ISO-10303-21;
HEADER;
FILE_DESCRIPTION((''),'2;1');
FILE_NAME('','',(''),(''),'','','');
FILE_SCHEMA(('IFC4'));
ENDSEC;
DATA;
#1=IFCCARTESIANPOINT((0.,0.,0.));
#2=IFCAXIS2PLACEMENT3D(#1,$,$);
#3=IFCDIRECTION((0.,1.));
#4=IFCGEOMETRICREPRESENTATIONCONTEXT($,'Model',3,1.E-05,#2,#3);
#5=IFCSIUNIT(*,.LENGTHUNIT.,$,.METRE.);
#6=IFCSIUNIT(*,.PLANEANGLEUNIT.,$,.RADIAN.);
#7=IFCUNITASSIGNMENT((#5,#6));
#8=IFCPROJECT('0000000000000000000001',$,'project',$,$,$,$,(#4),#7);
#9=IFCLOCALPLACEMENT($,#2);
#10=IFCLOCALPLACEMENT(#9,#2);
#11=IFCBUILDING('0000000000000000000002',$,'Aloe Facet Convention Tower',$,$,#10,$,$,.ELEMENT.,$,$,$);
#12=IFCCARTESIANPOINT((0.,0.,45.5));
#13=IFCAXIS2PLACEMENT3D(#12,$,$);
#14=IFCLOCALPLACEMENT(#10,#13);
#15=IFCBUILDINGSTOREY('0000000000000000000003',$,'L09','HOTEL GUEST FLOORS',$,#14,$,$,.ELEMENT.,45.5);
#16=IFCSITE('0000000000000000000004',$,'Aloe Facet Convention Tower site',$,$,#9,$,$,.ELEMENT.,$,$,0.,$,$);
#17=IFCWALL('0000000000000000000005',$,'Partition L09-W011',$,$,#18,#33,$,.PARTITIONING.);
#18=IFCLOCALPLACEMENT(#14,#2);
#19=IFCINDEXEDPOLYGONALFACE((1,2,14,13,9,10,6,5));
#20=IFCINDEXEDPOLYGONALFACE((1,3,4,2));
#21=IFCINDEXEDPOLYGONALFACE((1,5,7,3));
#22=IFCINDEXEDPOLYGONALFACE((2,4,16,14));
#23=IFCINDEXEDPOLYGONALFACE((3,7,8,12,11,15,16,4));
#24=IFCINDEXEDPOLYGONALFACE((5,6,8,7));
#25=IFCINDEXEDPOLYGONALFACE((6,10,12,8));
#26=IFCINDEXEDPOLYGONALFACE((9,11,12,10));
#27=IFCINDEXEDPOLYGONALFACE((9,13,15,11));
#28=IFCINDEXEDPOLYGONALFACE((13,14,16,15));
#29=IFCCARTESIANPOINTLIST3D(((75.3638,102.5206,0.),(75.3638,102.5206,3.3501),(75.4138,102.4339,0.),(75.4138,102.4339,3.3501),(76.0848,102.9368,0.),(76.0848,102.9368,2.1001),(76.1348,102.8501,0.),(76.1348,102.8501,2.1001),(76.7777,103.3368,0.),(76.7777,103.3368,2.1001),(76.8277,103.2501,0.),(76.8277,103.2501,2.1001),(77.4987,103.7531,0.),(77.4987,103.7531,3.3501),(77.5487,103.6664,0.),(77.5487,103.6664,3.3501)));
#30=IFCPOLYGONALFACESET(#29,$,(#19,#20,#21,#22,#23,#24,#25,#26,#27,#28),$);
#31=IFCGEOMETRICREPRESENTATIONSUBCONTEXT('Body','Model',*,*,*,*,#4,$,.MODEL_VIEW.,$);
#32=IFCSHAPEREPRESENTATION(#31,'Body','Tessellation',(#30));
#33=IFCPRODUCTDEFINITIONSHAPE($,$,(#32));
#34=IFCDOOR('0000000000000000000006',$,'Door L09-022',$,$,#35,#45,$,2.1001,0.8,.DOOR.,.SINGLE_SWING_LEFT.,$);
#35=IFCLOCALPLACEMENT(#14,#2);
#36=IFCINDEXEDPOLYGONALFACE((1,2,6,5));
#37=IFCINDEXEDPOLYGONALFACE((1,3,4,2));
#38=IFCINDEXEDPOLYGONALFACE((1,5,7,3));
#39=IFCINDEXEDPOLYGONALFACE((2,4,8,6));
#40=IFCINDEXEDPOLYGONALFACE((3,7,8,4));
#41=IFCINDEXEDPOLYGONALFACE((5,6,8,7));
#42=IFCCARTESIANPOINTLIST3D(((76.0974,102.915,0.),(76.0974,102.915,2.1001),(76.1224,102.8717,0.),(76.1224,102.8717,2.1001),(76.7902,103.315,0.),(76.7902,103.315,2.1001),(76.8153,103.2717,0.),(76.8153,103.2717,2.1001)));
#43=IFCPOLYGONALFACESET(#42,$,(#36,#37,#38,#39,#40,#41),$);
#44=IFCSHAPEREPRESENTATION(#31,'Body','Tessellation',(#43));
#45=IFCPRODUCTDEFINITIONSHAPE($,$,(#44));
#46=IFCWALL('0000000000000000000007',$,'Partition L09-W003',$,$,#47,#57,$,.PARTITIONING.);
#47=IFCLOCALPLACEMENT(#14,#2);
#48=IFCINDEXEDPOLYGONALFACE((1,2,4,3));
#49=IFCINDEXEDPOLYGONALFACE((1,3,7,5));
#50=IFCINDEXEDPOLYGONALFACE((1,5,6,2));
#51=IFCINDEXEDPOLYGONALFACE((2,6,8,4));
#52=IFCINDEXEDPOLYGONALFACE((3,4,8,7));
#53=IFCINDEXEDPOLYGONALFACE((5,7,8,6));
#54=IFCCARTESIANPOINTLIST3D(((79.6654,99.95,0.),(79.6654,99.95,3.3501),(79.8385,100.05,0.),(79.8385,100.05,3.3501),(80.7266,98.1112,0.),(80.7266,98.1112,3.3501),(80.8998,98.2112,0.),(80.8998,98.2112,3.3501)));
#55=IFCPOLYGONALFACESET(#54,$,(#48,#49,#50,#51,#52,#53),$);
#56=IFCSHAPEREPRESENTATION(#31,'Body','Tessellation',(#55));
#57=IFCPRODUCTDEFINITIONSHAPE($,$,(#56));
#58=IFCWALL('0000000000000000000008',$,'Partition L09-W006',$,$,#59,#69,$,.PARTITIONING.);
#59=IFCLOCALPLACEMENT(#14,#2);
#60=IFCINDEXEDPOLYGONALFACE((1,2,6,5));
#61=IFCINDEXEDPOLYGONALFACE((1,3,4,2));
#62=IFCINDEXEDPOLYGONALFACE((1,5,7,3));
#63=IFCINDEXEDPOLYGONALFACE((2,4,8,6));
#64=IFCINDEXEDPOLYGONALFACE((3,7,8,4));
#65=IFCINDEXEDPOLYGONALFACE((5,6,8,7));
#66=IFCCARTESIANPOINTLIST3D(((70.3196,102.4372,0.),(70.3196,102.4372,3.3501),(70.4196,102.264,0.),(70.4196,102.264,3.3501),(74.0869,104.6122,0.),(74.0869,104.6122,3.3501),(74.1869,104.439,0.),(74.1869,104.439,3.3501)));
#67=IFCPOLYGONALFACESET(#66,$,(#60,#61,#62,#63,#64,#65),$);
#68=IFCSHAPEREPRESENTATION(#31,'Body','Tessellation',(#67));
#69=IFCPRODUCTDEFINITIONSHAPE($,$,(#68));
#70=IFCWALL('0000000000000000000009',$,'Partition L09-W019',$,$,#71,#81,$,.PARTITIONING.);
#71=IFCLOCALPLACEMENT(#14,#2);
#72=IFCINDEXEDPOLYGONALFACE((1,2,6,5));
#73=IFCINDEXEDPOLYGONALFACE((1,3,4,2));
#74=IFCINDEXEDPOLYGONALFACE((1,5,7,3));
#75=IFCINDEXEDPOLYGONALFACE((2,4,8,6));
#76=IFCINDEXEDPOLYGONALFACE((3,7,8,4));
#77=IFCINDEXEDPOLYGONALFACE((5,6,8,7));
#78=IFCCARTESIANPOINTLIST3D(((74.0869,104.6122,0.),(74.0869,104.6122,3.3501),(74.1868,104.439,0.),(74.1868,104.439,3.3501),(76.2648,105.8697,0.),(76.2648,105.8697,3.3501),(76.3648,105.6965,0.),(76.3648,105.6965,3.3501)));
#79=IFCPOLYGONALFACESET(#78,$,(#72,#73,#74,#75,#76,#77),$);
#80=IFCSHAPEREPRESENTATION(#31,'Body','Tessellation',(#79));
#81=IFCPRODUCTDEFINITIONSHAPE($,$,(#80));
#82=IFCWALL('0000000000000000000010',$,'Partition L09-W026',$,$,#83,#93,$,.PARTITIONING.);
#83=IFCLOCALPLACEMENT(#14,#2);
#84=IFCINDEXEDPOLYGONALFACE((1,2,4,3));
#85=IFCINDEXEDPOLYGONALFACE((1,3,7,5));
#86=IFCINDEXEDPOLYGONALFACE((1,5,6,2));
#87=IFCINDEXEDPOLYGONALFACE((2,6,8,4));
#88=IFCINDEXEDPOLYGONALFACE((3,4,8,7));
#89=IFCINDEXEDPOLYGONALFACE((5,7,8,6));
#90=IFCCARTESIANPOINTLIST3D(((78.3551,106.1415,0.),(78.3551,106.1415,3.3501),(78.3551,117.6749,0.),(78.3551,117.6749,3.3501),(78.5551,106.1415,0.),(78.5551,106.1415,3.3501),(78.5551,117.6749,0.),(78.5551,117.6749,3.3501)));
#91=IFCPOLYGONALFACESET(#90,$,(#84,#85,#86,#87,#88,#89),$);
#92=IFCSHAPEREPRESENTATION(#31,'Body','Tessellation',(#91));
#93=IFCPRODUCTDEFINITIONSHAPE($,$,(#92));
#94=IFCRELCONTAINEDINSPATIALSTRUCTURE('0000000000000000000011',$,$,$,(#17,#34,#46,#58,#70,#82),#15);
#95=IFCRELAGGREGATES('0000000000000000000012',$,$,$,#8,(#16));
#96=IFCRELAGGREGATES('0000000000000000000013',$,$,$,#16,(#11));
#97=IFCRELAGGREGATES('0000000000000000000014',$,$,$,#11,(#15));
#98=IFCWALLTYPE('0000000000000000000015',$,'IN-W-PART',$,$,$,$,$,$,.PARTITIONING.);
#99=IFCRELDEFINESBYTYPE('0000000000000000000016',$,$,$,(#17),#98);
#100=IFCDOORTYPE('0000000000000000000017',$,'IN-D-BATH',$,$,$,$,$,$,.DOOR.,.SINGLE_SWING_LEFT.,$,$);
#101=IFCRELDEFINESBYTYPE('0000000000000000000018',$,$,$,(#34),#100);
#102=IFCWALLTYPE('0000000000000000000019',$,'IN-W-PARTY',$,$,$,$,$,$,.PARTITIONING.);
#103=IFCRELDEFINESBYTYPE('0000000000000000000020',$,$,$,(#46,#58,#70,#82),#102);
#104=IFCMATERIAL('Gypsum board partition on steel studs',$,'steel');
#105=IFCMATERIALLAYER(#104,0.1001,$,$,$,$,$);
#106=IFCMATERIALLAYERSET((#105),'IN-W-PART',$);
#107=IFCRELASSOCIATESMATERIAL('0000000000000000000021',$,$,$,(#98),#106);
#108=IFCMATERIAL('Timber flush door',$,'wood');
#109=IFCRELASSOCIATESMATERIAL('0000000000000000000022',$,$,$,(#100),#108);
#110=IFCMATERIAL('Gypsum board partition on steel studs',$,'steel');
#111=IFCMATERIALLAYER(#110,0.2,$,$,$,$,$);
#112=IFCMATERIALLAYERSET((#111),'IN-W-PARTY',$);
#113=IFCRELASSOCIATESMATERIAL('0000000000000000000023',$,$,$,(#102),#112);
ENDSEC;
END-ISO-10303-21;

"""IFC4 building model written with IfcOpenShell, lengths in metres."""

from ifc_helpers import new_model, si_unit, direction, frame, frame_2d, origin, place, context, subcontext, project, spatial, rectangle, extrude, material, layer, layer_set, type_object, element, fill, save


model = new_model("IFC4")

# Units and contexts
model_context = context("Model", 3, precision=1e-05, world=origin(), true_north=direction((0.0, 1.0)))
body_context = subcontext(model_context, "Body", "Model", "MODEL_VIEW")
ifc_project = project(units=[si_unit("LENGTHUNIT", "METRE"), si_unit("PLANEANGLEUNIT", "RADIAN")], contexts=[model_context])

# Site, building, storey
site_placement = place(None, origin())
site = spatial("IfcSite", under=ifc_project, at=site_placement, Name="Aloe Facet Convention Tower site", CompositionType="ELEMENT", RefElevation=0.0)
building_placement = place(site_placement, origin())
building = spatial("IfcBuilding", under=site, at=building_placement, Name="Aloe Facet Convention Tower", CompositionType="ELEMENT")
storey_placement = place(building_placement, frame((0.0, 0.0, 45.5)))
storey = spatial("IfcBuildingStorey", under=building, at=storey_placement, Name="L09", Description="HOTEL GUEST FLOORS", CompositionType="ELEMENT", Elevation=45.5)

# Shared definitions
ifc_material_1 = material(Name="Gypsum board partition on steel studs", Category="steel")
ifc_layer_1 = layer(ifc_material_1, 0.1001)
ifc_layer_set_1 = layer_set([ifc_layer_1], Name="IN-W-PART")
wall_type_1 = type_object("IfcWallType", Name="IN-W-PART", PredefinedType="PARTITIONING", material=ifc_layer_set_1)

# Wall, opening, door
wall_1_placement = place(storey_placement, frame((75.3889, 102.4773, 0.0), z_axis=(0.0, 0.0, 1.0), x_axis=(0.86604, 0.499974, 0.0)))
wall_1 = element("IfcWall", 1, at=wall_1_placement, inside=storey, type_object=wall_type_1, Name="Partition L09-W011", PredefinedType="PARTITIONING", context=body_context, shape_type="SweptSolid", body=[
    extrude(rectangle(XDim=2.4651, YDim=0.1001, at=frame_2d((1.2324, 0.0))), origin(), (0.0, 0.0, 1.0), 3.3501),
])
opening_1_placement = place(wall_1_placement, frame((0.8325, 0.0, 0.0)))
opening_1 = element("IfcOpeningElement", 2, at=opening_1_placement, cuts=wall_1, PredefinedType="OPENING", context=body_context, shape_type="SweptSolid", body=[
    extrude(rectangle(XDim=0.8, YDim=2.1001, at=frame_2d((0.3999, 1.05))), frame((0.0, 0.0601, 0.0), z_axis=(0.0, -1.0, 0.0), x_axis=(1.0, 0.0, 0.0)), (0.0, 0.0, 1.0), 0.1201),
])
ifc_material_2 = material(Name="Timber flush door", Category="wood")
door_type_1 = type_object("IfcDoorType", Name="IN-D-BATH", OperationType="SINGLE_SWING_LEFT", PredefinedType="DOOR", material=ifc_material_2)
door_1_placement = place(opening_1_placement, origin())
door_1 = element("IfcDoor", 3, at=door_1_placement, inside=storey, type_object=door_type_1, Name="Door L09-022", OperationType="SINGLE_SWING_LEFT", OverallHeight=2.1001, OverallWidth=0.8, PredefinedType="DOOR", context=body_context, shape_type="SweptSolid", body=[
    extrude(rectangle(XDim=0.8, YDim=2.1001, at=frame_2d((0.3999, 1.05))), frame((0.0, 0.0249, 0.0), z_axis=(0.0, -1.0, 0.0), x_axis=(1.0, 0.0, 0.0)), (0.0, 0.0, 1.0), 0.05),
])
fill(opening_1, door_1)

# Walls
ifc_material_3 = material(Name="Gypsum board partition on steel studs", Category="steel")
ifc_layer_2 = layer(ifc_material_3, 0.2)
ifc_layer_set_2 = layer_set([ifc_layer_2], Name="IN-W-PARTY")
wall_type_2 = type_object("IfcWallType", Name="IN-W-PARTY", PredefinedType="PARTITIONING", material=ifc_layer_set_2)
wall_2_placement = place(storey_placement, frame((79.752, 100.0, 0.0), z_axis=(0.0, 0.0, 1.0), x_axis=(0.499862, -0.866105, 0.0)))
element("IfcWall", 4, at=wall_2_placement, inside=storey, type_object=wall_type_2, Name="Partition L09-W003", PredefinedType="PARTITIONING", context=body_context, shape_type="SweptSolid", body=[
    extrude(rectangle(XDim=2.123, YDim=0.2, at=frame_2d((1.0615, 0.0))), origin(), (0.0, 0.0, 1.0), 3.3501),
])
wall_3_placement = place(storey_placement, frame((70.3696, 102.3506, 0.0), z_axis=(0.0, 0.0, 1.0), x_axis=(0.866028, 0.499996, 0.0)))
element("IfcWall", 5, at=wall_3_placement, inside=storey, type_object=wall_type_2, Name="Partition L09-W006", PredefinedType="PARTITIONING", context=body_context, shape_type="SweptSolid", body=[
    extrude(rectangle(XDim=4.3501, YDim=0.2, at=frame_2d((2.175, 0.0))), origin(), (0.0, 0.0, 1.0), 3.3501),
])
wall_4_placement = place(storey_placement, frame((74.137, 104.5256, 0.0), z_axis=(0.0, 0.0, 1.0), x_axis=(0.866006, 0.500033, 0.0)))
element("IfcWall", 6, at=wall_4_placement, inside=storey, type_object=wall_type_2, Name="Partition L09-W019", PredefinedType="PARTITIONING", context=body_context, shape_type="SweptSolid", body=[
    extrude(rectangle(XDim=2.5149, YDim=0.2, at=frame_2d((1.2573, 0.0))), origin(), (0.0, 0.0, 1.0), 3.3501),
])
wall_5_placement = place(storey_placement, frame((78.4551, 106.1416, 0.0), z_axis=(0.0, 0.0, 1.0), x_axis=(0.0, 1.0, 0.0)))
element("IfcWall", 7, at=wall_5_placement, inside=storey, type_object=wall_type_2, Name="Partition L09-W026", PredefinedType="PARTITIONING", context=body_context, shape_type="SweptSolid", body=[
    extrude(rectangle(XDim=11.5334, YDim=0.2, at=frame_2d((5.7666, 0.0))), origin(), (0.0, 0.0, 1.0), 3.3501),
])

save(model, "model.ifc")
